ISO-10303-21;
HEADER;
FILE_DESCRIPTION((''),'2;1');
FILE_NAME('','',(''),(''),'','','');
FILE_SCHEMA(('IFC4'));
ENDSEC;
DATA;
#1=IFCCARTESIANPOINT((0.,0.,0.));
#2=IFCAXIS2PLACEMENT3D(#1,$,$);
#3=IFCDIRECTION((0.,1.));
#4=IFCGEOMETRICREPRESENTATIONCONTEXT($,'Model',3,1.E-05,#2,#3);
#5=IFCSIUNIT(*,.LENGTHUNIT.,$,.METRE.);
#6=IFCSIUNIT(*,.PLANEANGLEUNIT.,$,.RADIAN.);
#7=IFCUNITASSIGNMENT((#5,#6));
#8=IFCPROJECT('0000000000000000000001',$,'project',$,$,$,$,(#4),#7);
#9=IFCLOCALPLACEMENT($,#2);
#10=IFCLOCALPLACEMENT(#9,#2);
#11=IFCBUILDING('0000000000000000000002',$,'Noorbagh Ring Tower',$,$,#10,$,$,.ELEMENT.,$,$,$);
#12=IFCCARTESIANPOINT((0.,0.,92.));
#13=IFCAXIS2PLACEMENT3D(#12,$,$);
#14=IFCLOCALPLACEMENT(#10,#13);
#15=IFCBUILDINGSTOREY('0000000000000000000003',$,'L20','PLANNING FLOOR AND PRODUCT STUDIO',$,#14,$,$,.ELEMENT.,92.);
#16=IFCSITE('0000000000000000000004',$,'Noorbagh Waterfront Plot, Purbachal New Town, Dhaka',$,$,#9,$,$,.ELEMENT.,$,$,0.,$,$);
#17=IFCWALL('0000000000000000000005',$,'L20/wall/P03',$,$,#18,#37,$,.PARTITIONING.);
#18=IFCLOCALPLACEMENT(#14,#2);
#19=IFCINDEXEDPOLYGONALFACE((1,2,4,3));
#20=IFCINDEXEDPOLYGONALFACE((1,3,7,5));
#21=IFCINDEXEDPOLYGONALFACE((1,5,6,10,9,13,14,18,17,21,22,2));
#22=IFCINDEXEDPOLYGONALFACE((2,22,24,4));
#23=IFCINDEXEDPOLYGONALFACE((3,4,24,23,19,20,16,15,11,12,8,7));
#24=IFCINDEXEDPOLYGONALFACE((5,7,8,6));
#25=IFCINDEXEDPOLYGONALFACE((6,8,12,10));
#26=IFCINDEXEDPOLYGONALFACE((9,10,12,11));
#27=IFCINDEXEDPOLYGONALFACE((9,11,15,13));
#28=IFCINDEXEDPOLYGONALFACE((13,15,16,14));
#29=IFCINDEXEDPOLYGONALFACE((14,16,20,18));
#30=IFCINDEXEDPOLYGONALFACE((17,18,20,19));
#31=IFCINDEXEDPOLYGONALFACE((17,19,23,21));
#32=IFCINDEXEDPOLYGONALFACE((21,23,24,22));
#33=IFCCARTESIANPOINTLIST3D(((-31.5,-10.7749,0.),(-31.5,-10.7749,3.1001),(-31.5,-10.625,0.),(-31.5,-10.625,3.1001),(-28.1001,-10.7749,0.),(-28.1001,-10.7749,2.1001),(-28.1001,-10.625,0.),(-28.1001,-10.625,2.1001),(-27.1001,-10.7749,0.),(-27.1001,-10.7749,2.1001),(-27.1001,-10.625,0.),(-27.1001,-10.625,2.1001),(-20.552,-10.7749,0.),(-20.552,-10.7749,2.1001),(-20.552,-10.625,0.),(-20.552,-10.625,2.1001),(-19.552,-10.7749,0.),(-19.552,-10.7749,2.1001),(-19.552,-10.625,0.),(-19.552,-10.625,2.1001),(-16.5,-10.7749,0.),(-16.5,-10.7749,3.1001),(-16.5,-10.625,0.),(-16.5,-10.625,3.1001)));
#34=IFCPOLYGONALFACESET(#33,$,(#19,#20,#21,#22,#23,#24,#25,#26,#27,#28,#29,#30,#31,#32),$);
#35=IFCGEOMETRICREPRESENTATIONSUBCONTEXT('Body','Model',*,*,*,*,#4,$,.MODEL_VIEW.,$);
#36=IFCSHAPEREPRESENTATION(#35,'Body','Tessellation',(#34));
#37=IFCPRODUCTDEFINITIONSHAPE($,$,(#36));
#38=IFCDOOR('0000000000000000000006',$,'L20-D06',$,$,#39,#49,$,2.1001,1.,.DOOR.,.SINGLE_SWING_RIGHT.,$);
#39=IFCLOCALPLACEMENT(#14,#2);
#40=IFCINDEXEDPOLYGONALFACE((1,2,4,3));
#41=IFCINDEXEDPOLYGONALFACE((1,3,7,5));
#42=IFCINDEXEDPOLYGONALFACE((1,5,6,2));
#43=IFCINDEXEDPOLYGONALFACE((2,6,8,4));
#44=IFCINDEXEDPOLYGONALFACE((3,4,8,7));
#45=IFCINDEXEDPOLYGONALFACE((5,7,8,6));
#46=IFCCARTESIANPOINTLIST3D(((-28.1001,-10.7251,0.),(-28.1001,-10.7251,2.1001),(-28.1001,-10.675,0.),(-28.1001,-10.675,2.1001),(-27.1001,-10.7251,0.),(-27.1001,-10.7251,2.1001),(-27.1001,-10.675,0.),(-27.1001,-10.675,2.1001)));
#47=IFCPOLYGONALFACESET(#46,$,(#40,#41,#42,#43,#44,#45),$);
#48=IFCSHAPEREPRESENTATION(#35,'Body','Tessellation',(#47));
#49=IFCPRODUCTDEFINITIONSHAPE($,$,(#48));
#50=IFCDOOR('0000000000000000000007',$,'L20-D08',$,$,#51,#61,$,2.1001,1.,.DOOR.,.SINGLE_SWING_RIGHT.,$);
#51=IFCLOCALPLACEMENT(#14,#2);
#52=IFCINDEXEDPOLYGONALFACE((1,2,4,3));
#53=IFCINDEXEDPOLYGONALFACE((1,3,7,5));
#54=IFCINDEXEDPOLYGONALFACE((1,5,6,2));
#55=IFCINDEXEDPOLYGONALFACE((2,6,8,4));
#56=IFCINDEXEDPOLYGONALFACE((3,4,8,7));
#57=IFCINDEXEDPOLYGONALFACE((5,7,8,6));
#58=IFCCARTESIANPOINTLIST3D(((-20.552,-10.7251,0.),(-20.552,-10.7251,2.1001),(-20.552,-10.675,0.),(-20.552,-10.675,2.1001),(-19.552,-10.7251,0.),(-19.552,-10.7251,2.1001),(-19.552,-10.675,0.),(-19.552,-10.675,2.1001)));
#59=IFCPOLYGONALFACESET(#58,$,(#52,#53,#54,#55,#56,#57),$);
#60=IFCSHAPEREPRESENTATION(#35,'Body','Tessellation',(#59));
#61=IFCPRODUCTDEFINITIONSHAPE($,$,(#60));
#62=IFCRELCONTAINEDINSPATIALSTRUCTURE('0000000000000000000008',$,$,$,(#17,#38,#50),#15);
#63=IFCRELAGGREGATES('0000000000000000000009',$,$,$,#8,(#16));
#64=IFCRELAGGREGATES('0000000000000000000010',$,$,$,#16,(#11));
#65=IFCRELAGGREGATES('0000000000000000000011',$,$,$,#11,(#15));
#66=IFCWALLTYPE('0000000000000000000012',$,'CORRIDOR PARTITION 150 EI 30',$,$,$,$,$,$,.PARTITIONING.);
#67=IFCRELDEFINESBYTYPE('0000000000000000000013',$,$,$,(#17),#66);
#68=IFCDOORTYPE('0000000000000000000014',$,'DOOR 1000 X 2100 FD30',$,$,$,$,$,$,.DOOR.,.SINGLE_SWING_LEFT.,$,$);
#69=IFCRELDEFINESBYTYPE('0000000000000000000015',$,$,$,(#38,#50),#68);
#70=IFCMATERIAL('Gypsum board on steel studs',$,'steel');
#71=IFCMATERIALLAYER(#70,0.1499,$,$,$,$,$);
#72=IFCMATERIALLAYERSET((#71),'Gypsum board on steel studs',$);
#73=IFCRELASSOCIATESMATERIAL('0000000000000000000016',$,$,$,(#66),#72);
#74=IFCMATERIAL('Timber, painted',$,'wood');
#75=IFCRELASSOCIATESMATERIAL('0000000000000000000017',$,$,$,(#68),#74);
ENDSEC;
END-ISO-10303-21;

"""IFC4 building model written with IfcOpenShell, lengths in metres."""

from ifc_helpers import new_model, si_unit, direction, frame, frame_2d, origin, place, context, subcontext, project, spatial, rectangle, extrude, material, layer, layer_set, type_object, element, fill, save


model = new_model("IFC4")

# Units and contexts
model_context = context("Model", 3, precision=1e-05, world=origin(), true_north=direction((0.0, 1.0)))
body_context = subcontext(model_context, "Body", "Model", "MODEL_VIEW")
ifc_project = project(units=[si_unit("LENGTHUNIT", "METRE"), si_unit("PLANEANGLEUNIT", "RADIAN")], contexts=[model_context])

# Site, building, storey
site_placement = place(None, origin())
site = spatial("IfcSite", under=ifc_project, at=site_placement, Name="Noorbagh Waterfront Plot, Purbachal New Town, Dhaka", CompositionType="ELEMENT", RefElevation=0.0)
building_placement = place(site_placement, origin())
building = spatial("IfcBuilding", under=site, at=building_placement, Name="Noorbagh Ring Tower", CompositionType="ELEMENT")
storey_placement = place(building_placement, frame((0.0, 0.0, 92.0)))
storey = spatial("IfcBuildingStorey", under=building, at=storey_placement, Name="L20", Description="PLANNING FLOOR AND PRODUCT STUDIO", CompositionType="ELEMENT", Elevation=92.0)

# Wall, openings, doors
ifc_material_1 = material(Name="Gypsum board on steel studs", Category="steel")
ifc_layer_1 = layer(ifc_material_1, 0.1499)
ifc_layer_set_1 = layer_set([ifc_layer_1], Name="Gypsum board on steel studs")
wall_type_1 = type_object("IfcWallType", Name="CORRIDOR PARTITION 150 EI 30", PredefinedType="PARTITIONING", material=ifc_layer_set_1)
wall_1_placement = place(storey_placement, frame((-31.5, -10.7, 0.0), z_axis=(0.0, 0.0, 1.0), x_axis=(1.0, 0.0, 0.0)))
wall_1 = element("IfcWall", 1, at=wall_1_placement, inside=storey, type_object=wall_type_1, Name="L20/wall/P03", PredefinedType="PARTITIONING", context=body_context, shape_type="SweptSolid", body=[
    extrude(rectangle(XDim=15.0, YDim=0.1499, at=frame_2d((7.5, 0.0))), origin(), (0.0, 0.0, 1.0), 3.1001),
])
opening_1_placement = place(wall_1_placement, frame((3.3999, 0.0, 0.0)))
opening_1 = element("IfcOpeningElement", 2, at=opening_1_placement, cuts=wall_1, PredefinedType="OPENING", context=body_context, shape_type="SweptSolid", body=[
    extrude(rectangle(XDim=1.0, YDim=2.1001, at=frame_2d((0.5, 1.05))), frame((0.0, 0.085, 0.0), z_axis=(0.0, -1.0, 0.0), x_axis=(1.0, 0.0, 0.0)), (0.0, 0.0, 1.0), 0.1699),
])
opening_2_placement = place(wall_1_placement, frame((10.948, 0.0, 0.0)))
opening_2 = element("IfcOpeningElement", 3, at=opening_2_placement, cuts=wall_1, PredefinedType="OPENING", context=body_context, shape_type="SweptSolid", body=[
    extrude(rectangle(XDim=1.0, YDim=2.1001, at=frame_2d((0.5, 1.05))), frame((0.0, 0.085, 0.0), z_axis=(0.0, -1.0, 0.0), x_axis=(1.0, 0.0, 0.0)), (0.0, 0.0, 1.0), 0.1699),
])
ifc_material_2 = material(Name="Timber, painted", Category="wood")
door_type = type_object("IfcDoorType", Name="DOOR 1000 X 2100 FD30", OperationType="SINGLE_SWING_LEFT", PredefinedType="DOOR", material=ifc_material_2)
door_1_placement = place(opening_1_placement, origin())
door_1 = element("IfcDoor", 4, at=door_1_placement, inside=storey, type_object=door_type, Name="L20-D06", OperationType="SINGLE_SWING_RIGHT", OverallHeight=2.1001, OverallWidth=1.0, PredefinedType="DOOR", context=body_context, shape_type="SweptSolid", body=[
    extrude(rectangle(XDim=1.0, YDim=2.1001, at=frame_2d((0.5, 1.05))), frame((0.0, 0.0249, 0.0), z_axis=(0.0, -1.0, 0.0), x_axis=(1.0, 0.0, 0.0)), (0.0, 0.0, 1.0), 0.05),
])
fill(opening_1, door_1)
door_2_placement = place(opening_2_placement, origin())
door_2 = element("IfcDoor", 5, at=door_2_placement, inside=storey, type_object=door_type, Name="L20-D08", OperationType="SINGLE_SWING_RIGHT", OverallHeight=2.1001, OverallWidth=1.0, PredefinedType="DOOR", context=body_context, shape_type="SweptSolid", body=[
    extrude(rectangle(XDim=1.0, YDim=2.1001, at=frame_2d((0.5, 1.05))), frame((0.0, 0.0249, 0.0), z_axis=(0.0, -1.0, 0.0), x_axis=(1.0, 0.0, 0.0)), (0.0, 0.0, 1.0), 0.05),
])
fill(opening_2, door_2)

save(model, "model.ifc")
